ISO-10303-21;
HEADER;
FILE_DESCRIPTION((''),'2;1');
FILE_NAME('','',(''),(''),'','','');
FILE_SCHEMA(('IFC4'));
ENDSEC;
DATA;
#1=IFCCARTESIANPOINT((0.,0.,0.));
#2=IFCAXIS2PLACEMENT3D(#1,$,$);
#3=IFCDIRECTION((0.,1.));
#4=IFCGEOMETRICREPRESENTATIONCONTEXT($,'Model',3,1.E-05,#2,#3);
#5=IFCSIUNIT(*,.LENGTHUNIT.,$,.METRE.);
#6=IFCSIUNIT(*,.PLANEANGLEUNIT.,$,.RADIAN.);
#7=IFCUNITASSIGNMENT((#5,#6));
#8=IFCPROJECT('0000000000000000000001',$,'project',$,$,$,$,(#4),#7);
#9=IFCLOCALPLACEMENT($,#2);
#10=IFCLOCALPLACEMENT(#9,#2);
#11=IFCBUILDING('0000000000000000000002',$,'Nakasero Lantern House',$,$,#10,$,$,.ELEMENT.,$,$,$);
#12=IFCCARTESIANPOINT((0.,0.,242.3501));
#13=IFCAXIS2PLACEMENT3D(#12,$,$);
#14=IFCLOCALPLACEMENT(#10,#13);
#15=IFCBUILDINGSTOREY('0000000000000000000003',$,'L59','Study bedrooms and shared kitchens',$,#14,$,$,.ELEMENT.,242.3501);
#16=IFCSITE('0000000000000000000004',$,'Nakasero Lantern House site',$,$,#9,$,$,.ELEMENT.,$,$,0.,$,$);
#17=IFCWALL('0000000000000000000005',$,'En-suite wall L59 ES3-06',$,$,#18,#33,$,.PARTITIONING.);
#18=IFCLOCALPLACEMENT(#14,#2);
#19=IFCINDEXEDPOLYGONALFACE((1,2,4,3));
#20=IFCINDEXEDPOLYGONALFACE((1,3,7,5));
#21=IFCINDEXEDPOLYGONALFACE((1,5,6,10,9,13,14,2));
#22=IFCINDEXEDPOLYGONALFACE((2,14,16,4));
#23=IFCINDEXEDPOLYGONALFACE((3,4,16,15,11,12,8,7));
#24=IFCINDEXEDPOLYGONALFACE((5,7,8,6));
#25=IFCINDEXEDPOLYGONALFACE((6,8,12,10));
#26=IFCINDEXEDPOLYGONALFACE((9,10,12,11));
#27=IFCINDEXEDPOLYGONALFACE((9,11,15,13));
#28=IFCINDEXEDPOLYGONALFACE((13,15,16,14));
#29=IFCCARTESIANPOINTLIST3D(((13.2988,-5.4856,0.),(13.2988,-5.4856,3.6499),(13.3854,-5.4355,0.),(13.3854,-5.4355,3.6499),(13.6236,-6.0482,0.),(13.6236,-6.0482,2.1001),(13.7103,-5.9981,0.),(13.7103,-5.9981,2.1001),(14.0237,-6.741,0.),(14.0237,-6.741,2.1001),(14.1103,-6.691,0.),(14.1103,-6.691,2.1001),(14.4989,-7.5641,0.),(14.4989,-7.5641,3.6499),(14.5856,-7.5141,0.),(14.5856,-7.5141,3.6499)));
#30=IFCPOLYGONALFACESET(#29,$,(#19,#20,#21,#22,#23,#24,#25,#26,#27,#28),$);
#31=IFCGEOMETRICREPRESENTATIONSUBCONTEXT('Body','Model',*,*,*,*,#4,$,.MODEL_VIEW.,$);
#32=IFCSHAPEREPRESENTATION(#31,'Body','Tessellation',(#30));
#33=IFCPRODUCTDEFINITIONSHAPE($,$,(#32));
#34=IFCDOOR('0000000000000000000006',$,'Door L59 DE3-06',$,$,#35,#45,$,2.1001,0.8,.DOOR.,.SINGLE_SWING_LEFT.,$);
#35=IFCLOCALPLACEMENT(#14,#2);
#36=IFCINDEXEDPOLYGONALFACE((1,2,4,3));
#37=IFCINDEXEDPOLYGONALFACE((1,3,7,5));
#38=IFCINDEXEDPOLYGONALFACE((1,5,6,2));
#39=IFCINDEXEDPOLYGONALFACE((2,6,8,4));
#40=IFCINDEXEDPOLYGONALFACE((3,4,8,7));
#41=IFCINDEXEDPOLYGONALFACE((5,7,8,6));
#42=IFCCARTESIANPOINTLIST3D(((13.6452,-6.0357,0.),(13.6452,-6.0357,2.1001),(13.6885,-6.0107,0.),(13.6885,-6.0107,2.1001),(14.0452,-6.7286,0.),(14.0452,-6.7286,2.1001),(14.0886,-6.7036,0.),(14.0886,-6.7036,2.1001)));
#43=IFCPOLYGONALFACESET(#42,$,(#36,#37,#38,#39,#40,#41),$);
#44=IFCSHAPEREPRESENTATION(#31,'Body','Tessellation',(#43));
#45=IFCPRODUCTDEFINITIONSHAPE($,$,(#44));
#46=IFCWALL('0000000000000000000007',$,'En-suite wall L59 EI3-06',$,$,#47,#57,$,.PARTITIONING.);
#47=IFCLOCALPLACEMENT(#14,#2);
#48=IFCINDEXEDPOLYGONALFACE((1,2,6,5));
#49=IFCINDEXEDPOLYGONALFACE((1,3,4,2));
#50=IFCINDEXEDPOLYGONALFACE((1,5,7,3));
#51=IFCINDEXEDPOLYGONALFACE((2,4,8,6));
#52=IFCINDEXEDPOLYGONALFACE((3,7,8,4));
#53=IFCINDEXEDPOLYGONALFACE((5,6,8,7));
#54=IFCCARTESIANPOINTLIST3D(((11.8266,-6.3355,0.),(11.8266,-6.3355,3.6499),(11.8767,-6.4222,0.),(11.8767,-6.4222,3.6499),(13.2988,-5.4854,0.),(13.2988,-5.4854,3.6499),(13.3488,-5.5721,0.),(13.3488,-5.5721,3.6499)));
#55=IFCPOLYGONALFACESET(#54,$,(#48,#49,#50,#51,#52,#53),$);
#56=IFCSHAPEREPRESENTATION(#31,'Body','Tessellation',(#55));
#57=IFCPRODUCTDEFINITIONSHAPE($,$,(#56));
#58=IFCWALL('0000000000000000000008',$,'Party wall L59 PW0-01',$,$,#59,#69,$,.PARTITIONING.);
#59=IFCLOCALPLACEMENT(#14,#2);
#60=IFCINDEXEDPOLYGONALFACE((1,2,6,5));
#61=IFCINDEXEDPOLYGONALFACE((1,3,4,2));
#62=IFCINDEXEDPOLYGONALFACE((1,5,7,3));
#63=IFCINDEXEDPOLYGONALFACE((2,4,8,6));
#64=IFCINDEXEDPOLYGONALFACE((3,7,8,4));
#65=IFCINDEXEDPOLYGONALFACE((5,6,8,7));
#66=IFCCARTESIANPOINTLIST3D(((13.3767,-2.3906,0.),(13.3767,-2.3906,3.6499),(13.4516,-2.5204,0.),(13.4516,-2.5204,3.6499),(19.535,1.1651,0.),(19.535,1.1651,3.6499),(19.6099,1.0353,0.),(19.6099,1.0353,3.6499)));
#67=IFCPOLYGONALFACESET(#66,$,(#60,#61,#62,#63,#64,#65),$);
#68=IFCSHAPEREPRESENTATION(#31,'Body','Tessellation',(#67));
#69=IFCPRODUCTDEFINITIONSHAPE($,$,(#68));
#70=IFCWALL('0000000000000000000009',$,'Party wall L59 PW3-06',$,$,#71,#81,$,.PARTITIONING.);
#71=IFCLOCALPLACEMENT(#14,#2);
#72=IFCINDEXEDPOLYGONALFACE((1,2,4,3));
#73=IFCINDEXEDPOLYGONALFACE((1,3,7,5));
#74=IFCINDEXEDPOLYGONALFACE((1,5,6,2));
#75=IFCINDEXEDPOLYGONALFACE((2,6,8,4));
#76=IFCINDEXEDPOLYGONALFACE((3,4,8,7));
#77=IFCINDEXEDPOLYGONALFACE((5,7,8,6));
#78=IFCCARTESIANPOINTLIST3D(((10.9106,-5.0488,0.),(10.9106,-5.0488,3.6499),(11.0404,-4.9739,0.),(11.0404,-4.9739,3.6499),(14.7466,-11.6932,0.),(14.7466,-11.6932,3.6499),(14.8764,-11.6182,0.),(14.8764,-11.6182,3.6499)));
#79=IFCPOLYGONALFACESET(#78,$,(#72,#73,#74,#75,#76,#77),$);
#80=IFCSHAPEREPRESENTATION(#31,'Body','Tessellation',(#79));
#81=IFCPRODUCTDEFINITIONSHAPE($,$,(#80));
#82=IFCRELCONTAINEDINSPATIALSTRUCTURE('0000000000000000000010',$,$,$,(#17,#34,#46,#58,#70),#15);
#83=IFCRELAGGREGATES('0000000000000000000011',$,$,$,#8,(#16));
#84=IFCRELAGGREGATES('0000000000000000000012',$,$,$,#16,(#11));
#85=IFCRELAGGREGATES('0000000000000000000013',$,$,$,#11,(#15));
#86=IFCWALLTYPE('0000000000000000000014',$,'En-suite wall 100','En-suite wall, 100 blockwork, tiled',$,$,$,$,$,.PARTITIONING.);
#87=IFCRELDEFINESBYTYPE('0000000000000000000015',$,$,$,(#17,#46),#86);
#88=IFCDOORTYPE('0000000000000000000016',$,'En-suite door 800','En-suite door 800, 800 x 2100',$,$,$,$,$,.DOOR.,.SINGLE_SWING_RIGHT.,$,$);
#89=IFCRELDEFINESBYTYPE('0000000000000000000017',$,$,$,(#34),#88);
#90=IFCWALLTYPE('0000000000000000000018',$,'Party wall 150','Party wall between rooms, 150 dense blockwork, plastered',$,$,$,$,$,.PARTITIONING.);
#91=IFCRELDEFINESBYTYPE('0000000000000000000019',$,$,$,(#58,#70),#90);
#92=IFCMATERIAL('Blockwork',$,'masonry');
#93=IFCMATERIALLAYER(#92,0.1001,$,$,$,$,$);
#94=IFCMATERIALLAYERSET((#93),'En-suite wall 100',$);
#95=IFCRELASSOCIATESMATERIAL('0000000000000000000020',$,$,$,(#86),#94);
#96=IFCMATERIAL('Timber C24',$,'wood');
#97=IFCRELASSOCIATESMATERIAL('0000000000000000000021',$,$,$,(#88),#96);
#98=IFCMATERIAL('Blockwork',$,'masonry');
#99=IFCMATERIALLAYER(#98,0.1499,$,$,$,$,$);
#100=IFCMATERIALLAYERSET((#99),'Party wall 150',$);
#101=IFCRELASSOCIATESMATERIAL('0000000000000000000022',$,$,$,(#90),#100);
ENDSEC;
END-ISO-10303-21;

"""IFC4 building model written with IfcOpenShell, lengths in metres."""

from ifc_helpers import new_model, si_unit, direction, frame, frame_2d, origin, place, context, subcontext, project, spatial, rectangle, extrude, material, layer, layer_set, type_object, element, fill, save


model = new_model("IFC4")

# Units and contexts
model_context = context("Model", 3, precision=1e-05, world=origin(), true_north=direction((0.0, 1.0)))
body_context = subcontext(model_context, "Body", "Model", "MODEL_VIEW")
ifc_project = project(units=[si_unit("LENGTHUNIT", "METRE"), si_unit("PLANEANGLEUNIT", "RADIAN")], contexts=[model_context])

# Site, building, storey
site_placement = place(None, origin())
site = spatial("IfcSite", under=ifc_project, at=site_placement, Name="Nakasero Lantern House site", CompositionType="ELEMENT", RefElevation=0.0)
building_placement = place(site_placement, origin())
building = spatial("IfcBuilding", under=site, at=building_placement, Name="Nakasero Lantern House", CompositionType="ELEMENT")
storey_placement = place(building_placement, frame((0.0, 0.0, 242.3501)))
storey = spatial("IfcBuildingStorey", under=building, at=storey_placement, Name="L59", Description="Study bedrooms and shared kitchens", CompositionType="ELEMENT", Elevation=242.3501)

# Wall, opening, door
ifc_material_1 = material(Name="Blockwork", Category="masonry")
ifc_layer_1 = layer(ifc_material_1, 0.1001)
ifc_layer_set_1 = layer_set([ifc_layer_1], Name="En-suite wall 100")
wall_type_1 = type_object("IfcWallType", Name="En-suite wall 100", Description="En-suite wall, 100 blockwork, tiled", PredefinedType="PARTITIONING", material=ifc_layer_set_1)
wall_1_placement = place(storey_placement, frame((13.342, -5.4604, 0.0), z_axis=(0.0, 0.0, 1.0), x_axis=(0.500034, -0.866006, 0.0)))
wall_1 = element("IfcWall", 1, at=wall_1_placement, inside=storey, type_object=wall_type_1, Name="En-suite wall L59 ES3-06", PredefinedType="PARTITIONING", context=body_context, shape_type="SweptSolid", body=[
    extrude(rectangle(XDim=2.4001, YDim=0.1001, at=frame_2d((1.2002, 0.0))), origin(), (0.0, 0.0, 1.0), 3.6499),
])
opening_1_placement = place(wall_1_placement, frame((0.6499, 0.0, 0.0)))
opening_1 = element("IfcOpeningElement", 2, at=opening_1_placement, cuts=wall_1, PredefinedType="OPENING", context=body_context, shape_type="SweptSolid", body=[
    extrude(rectangle(XDim=0.8, YDim=2.1001, at=frame_2d((0.3999, 1.05))), frame((0.0, 0.0701, 0.0), z_axis=(0.0, -1.0, 0.0), x_axis=(1.0, 0.0, 0.0)), (0.0, 0.0, 1.0), 0.1401),
])
ifc_material_2 = material(Name="Timber C24", Category="wood")
door_type_1 = type_object("IfcDoorType", Name="En-suite door 800", Description="En-suite door 800, 800 x 2100", OperationType="SINGLE_SWING_RIGHT", PredefinedType="DOOR", material=ifc_material_2)
door_1_placement = place(opening_1_placement, origin())
door_1 = element("IfcDoor", 3, at=door_1_placement, inside=storey, type_object=door_type_1, Name="Door L59 DE3-06", OperationType="SINGLE_SWING_LEFT", OverallHeight=2.1001, OverallWidth=0.8, PredefinedType="DOOR", context=body_context, shape_type="SweptSolid", body=[
    extrude(rectangle(XDim=0.8, YDim=2.1001, at=frame_2d((0.3999, 1.05))), frame((0.0, 0.0249, 0.0), z_axis=(0.0, -1.0, 0.0), x_axis=(1.0, 0.0, 0.0)), (0.0, 0.0, 1.0), 0.05),
])
fill(opening_1, door_1)

# Walls
wall_2_placement = place(storey_placement, frame((11.8516, -6.3789, 0.0), z_axis=(0.0, 0.0, 1.0), x_axis=(0.865989, 0.500062, 0.0)))
element("IfcWall", 4, at=wall_2_placement, inside=storey, type_object=wall_type_1, Name="En-suite wall L59 EI3-06", PredefinedType="PARTITIONING", context=body_context, shape_type="SweptSolid", body=[
    extrude(rectangle(XDim=1.7, YDim=0.1001, at=frame_2d((0.8501, 0.0))), origin(), (0.0, 0.0, 1.0), 3.6499),
])
ifc_material_3 = material(Name="Blockwork", Category="masonry")
ifc_layer_2 = layer(ifc_material_3, 0.1499)
ifc_layer_set_2 = layer_set([ifc_layer_2], Name="Party wall 150")
wall_type_2 = type_object("IfcWallType", Name="Party wall 150", Description="Party wall between rooms, 150 dense blockwork, plastered", PredefinedType="PARTITIONING", material=ifc_layer_set_2)
wall_3_placement = place(storey_placement, frame((13.4141, -2.4556, 0.0), z_axis=(0.0, 0.0, 1.0), x_axis=(0.866012, 0.500024, 0.0)))
element("IfcWall", 5, at=wall_3_placement, inside=storey, type_object=wall_type_2, Name="Party wall L59 PW0-01", PredefinedType="PARTITIONING", context=body_context, shape_type="SweptSolid", body=[
    extrude(rectangle(XDim=7.1111, YDim=0.1499, at=frame_2d((3.5557, 0.0))), origin(), (0.0, 0.0, 1.0), 3.6499),
])
wall_4_placement = place(storey_placement, frame((10.9756, -5.0115, 0.0), z_axis=(0.0, 0.0, 1.0), x_axis=(0.499986, -0.866034, 0.0)))
element("IfcWall", 6, at=wall_4_placement, inside=storey, type_object=wall_type_2, Name="Party wall L59 PW3-06", PredefinedType="PARTITIONING", context=body_context, shape_type="SweptSolid", body=[
    extrude(rectangle(XDim=7.6721, YDim=0.1499, at=frame_2d((3.8359, 0.0))), origin(), (0.0, 0.0, 1.0), 3.6499),
])

save(model, "model.ifc")
